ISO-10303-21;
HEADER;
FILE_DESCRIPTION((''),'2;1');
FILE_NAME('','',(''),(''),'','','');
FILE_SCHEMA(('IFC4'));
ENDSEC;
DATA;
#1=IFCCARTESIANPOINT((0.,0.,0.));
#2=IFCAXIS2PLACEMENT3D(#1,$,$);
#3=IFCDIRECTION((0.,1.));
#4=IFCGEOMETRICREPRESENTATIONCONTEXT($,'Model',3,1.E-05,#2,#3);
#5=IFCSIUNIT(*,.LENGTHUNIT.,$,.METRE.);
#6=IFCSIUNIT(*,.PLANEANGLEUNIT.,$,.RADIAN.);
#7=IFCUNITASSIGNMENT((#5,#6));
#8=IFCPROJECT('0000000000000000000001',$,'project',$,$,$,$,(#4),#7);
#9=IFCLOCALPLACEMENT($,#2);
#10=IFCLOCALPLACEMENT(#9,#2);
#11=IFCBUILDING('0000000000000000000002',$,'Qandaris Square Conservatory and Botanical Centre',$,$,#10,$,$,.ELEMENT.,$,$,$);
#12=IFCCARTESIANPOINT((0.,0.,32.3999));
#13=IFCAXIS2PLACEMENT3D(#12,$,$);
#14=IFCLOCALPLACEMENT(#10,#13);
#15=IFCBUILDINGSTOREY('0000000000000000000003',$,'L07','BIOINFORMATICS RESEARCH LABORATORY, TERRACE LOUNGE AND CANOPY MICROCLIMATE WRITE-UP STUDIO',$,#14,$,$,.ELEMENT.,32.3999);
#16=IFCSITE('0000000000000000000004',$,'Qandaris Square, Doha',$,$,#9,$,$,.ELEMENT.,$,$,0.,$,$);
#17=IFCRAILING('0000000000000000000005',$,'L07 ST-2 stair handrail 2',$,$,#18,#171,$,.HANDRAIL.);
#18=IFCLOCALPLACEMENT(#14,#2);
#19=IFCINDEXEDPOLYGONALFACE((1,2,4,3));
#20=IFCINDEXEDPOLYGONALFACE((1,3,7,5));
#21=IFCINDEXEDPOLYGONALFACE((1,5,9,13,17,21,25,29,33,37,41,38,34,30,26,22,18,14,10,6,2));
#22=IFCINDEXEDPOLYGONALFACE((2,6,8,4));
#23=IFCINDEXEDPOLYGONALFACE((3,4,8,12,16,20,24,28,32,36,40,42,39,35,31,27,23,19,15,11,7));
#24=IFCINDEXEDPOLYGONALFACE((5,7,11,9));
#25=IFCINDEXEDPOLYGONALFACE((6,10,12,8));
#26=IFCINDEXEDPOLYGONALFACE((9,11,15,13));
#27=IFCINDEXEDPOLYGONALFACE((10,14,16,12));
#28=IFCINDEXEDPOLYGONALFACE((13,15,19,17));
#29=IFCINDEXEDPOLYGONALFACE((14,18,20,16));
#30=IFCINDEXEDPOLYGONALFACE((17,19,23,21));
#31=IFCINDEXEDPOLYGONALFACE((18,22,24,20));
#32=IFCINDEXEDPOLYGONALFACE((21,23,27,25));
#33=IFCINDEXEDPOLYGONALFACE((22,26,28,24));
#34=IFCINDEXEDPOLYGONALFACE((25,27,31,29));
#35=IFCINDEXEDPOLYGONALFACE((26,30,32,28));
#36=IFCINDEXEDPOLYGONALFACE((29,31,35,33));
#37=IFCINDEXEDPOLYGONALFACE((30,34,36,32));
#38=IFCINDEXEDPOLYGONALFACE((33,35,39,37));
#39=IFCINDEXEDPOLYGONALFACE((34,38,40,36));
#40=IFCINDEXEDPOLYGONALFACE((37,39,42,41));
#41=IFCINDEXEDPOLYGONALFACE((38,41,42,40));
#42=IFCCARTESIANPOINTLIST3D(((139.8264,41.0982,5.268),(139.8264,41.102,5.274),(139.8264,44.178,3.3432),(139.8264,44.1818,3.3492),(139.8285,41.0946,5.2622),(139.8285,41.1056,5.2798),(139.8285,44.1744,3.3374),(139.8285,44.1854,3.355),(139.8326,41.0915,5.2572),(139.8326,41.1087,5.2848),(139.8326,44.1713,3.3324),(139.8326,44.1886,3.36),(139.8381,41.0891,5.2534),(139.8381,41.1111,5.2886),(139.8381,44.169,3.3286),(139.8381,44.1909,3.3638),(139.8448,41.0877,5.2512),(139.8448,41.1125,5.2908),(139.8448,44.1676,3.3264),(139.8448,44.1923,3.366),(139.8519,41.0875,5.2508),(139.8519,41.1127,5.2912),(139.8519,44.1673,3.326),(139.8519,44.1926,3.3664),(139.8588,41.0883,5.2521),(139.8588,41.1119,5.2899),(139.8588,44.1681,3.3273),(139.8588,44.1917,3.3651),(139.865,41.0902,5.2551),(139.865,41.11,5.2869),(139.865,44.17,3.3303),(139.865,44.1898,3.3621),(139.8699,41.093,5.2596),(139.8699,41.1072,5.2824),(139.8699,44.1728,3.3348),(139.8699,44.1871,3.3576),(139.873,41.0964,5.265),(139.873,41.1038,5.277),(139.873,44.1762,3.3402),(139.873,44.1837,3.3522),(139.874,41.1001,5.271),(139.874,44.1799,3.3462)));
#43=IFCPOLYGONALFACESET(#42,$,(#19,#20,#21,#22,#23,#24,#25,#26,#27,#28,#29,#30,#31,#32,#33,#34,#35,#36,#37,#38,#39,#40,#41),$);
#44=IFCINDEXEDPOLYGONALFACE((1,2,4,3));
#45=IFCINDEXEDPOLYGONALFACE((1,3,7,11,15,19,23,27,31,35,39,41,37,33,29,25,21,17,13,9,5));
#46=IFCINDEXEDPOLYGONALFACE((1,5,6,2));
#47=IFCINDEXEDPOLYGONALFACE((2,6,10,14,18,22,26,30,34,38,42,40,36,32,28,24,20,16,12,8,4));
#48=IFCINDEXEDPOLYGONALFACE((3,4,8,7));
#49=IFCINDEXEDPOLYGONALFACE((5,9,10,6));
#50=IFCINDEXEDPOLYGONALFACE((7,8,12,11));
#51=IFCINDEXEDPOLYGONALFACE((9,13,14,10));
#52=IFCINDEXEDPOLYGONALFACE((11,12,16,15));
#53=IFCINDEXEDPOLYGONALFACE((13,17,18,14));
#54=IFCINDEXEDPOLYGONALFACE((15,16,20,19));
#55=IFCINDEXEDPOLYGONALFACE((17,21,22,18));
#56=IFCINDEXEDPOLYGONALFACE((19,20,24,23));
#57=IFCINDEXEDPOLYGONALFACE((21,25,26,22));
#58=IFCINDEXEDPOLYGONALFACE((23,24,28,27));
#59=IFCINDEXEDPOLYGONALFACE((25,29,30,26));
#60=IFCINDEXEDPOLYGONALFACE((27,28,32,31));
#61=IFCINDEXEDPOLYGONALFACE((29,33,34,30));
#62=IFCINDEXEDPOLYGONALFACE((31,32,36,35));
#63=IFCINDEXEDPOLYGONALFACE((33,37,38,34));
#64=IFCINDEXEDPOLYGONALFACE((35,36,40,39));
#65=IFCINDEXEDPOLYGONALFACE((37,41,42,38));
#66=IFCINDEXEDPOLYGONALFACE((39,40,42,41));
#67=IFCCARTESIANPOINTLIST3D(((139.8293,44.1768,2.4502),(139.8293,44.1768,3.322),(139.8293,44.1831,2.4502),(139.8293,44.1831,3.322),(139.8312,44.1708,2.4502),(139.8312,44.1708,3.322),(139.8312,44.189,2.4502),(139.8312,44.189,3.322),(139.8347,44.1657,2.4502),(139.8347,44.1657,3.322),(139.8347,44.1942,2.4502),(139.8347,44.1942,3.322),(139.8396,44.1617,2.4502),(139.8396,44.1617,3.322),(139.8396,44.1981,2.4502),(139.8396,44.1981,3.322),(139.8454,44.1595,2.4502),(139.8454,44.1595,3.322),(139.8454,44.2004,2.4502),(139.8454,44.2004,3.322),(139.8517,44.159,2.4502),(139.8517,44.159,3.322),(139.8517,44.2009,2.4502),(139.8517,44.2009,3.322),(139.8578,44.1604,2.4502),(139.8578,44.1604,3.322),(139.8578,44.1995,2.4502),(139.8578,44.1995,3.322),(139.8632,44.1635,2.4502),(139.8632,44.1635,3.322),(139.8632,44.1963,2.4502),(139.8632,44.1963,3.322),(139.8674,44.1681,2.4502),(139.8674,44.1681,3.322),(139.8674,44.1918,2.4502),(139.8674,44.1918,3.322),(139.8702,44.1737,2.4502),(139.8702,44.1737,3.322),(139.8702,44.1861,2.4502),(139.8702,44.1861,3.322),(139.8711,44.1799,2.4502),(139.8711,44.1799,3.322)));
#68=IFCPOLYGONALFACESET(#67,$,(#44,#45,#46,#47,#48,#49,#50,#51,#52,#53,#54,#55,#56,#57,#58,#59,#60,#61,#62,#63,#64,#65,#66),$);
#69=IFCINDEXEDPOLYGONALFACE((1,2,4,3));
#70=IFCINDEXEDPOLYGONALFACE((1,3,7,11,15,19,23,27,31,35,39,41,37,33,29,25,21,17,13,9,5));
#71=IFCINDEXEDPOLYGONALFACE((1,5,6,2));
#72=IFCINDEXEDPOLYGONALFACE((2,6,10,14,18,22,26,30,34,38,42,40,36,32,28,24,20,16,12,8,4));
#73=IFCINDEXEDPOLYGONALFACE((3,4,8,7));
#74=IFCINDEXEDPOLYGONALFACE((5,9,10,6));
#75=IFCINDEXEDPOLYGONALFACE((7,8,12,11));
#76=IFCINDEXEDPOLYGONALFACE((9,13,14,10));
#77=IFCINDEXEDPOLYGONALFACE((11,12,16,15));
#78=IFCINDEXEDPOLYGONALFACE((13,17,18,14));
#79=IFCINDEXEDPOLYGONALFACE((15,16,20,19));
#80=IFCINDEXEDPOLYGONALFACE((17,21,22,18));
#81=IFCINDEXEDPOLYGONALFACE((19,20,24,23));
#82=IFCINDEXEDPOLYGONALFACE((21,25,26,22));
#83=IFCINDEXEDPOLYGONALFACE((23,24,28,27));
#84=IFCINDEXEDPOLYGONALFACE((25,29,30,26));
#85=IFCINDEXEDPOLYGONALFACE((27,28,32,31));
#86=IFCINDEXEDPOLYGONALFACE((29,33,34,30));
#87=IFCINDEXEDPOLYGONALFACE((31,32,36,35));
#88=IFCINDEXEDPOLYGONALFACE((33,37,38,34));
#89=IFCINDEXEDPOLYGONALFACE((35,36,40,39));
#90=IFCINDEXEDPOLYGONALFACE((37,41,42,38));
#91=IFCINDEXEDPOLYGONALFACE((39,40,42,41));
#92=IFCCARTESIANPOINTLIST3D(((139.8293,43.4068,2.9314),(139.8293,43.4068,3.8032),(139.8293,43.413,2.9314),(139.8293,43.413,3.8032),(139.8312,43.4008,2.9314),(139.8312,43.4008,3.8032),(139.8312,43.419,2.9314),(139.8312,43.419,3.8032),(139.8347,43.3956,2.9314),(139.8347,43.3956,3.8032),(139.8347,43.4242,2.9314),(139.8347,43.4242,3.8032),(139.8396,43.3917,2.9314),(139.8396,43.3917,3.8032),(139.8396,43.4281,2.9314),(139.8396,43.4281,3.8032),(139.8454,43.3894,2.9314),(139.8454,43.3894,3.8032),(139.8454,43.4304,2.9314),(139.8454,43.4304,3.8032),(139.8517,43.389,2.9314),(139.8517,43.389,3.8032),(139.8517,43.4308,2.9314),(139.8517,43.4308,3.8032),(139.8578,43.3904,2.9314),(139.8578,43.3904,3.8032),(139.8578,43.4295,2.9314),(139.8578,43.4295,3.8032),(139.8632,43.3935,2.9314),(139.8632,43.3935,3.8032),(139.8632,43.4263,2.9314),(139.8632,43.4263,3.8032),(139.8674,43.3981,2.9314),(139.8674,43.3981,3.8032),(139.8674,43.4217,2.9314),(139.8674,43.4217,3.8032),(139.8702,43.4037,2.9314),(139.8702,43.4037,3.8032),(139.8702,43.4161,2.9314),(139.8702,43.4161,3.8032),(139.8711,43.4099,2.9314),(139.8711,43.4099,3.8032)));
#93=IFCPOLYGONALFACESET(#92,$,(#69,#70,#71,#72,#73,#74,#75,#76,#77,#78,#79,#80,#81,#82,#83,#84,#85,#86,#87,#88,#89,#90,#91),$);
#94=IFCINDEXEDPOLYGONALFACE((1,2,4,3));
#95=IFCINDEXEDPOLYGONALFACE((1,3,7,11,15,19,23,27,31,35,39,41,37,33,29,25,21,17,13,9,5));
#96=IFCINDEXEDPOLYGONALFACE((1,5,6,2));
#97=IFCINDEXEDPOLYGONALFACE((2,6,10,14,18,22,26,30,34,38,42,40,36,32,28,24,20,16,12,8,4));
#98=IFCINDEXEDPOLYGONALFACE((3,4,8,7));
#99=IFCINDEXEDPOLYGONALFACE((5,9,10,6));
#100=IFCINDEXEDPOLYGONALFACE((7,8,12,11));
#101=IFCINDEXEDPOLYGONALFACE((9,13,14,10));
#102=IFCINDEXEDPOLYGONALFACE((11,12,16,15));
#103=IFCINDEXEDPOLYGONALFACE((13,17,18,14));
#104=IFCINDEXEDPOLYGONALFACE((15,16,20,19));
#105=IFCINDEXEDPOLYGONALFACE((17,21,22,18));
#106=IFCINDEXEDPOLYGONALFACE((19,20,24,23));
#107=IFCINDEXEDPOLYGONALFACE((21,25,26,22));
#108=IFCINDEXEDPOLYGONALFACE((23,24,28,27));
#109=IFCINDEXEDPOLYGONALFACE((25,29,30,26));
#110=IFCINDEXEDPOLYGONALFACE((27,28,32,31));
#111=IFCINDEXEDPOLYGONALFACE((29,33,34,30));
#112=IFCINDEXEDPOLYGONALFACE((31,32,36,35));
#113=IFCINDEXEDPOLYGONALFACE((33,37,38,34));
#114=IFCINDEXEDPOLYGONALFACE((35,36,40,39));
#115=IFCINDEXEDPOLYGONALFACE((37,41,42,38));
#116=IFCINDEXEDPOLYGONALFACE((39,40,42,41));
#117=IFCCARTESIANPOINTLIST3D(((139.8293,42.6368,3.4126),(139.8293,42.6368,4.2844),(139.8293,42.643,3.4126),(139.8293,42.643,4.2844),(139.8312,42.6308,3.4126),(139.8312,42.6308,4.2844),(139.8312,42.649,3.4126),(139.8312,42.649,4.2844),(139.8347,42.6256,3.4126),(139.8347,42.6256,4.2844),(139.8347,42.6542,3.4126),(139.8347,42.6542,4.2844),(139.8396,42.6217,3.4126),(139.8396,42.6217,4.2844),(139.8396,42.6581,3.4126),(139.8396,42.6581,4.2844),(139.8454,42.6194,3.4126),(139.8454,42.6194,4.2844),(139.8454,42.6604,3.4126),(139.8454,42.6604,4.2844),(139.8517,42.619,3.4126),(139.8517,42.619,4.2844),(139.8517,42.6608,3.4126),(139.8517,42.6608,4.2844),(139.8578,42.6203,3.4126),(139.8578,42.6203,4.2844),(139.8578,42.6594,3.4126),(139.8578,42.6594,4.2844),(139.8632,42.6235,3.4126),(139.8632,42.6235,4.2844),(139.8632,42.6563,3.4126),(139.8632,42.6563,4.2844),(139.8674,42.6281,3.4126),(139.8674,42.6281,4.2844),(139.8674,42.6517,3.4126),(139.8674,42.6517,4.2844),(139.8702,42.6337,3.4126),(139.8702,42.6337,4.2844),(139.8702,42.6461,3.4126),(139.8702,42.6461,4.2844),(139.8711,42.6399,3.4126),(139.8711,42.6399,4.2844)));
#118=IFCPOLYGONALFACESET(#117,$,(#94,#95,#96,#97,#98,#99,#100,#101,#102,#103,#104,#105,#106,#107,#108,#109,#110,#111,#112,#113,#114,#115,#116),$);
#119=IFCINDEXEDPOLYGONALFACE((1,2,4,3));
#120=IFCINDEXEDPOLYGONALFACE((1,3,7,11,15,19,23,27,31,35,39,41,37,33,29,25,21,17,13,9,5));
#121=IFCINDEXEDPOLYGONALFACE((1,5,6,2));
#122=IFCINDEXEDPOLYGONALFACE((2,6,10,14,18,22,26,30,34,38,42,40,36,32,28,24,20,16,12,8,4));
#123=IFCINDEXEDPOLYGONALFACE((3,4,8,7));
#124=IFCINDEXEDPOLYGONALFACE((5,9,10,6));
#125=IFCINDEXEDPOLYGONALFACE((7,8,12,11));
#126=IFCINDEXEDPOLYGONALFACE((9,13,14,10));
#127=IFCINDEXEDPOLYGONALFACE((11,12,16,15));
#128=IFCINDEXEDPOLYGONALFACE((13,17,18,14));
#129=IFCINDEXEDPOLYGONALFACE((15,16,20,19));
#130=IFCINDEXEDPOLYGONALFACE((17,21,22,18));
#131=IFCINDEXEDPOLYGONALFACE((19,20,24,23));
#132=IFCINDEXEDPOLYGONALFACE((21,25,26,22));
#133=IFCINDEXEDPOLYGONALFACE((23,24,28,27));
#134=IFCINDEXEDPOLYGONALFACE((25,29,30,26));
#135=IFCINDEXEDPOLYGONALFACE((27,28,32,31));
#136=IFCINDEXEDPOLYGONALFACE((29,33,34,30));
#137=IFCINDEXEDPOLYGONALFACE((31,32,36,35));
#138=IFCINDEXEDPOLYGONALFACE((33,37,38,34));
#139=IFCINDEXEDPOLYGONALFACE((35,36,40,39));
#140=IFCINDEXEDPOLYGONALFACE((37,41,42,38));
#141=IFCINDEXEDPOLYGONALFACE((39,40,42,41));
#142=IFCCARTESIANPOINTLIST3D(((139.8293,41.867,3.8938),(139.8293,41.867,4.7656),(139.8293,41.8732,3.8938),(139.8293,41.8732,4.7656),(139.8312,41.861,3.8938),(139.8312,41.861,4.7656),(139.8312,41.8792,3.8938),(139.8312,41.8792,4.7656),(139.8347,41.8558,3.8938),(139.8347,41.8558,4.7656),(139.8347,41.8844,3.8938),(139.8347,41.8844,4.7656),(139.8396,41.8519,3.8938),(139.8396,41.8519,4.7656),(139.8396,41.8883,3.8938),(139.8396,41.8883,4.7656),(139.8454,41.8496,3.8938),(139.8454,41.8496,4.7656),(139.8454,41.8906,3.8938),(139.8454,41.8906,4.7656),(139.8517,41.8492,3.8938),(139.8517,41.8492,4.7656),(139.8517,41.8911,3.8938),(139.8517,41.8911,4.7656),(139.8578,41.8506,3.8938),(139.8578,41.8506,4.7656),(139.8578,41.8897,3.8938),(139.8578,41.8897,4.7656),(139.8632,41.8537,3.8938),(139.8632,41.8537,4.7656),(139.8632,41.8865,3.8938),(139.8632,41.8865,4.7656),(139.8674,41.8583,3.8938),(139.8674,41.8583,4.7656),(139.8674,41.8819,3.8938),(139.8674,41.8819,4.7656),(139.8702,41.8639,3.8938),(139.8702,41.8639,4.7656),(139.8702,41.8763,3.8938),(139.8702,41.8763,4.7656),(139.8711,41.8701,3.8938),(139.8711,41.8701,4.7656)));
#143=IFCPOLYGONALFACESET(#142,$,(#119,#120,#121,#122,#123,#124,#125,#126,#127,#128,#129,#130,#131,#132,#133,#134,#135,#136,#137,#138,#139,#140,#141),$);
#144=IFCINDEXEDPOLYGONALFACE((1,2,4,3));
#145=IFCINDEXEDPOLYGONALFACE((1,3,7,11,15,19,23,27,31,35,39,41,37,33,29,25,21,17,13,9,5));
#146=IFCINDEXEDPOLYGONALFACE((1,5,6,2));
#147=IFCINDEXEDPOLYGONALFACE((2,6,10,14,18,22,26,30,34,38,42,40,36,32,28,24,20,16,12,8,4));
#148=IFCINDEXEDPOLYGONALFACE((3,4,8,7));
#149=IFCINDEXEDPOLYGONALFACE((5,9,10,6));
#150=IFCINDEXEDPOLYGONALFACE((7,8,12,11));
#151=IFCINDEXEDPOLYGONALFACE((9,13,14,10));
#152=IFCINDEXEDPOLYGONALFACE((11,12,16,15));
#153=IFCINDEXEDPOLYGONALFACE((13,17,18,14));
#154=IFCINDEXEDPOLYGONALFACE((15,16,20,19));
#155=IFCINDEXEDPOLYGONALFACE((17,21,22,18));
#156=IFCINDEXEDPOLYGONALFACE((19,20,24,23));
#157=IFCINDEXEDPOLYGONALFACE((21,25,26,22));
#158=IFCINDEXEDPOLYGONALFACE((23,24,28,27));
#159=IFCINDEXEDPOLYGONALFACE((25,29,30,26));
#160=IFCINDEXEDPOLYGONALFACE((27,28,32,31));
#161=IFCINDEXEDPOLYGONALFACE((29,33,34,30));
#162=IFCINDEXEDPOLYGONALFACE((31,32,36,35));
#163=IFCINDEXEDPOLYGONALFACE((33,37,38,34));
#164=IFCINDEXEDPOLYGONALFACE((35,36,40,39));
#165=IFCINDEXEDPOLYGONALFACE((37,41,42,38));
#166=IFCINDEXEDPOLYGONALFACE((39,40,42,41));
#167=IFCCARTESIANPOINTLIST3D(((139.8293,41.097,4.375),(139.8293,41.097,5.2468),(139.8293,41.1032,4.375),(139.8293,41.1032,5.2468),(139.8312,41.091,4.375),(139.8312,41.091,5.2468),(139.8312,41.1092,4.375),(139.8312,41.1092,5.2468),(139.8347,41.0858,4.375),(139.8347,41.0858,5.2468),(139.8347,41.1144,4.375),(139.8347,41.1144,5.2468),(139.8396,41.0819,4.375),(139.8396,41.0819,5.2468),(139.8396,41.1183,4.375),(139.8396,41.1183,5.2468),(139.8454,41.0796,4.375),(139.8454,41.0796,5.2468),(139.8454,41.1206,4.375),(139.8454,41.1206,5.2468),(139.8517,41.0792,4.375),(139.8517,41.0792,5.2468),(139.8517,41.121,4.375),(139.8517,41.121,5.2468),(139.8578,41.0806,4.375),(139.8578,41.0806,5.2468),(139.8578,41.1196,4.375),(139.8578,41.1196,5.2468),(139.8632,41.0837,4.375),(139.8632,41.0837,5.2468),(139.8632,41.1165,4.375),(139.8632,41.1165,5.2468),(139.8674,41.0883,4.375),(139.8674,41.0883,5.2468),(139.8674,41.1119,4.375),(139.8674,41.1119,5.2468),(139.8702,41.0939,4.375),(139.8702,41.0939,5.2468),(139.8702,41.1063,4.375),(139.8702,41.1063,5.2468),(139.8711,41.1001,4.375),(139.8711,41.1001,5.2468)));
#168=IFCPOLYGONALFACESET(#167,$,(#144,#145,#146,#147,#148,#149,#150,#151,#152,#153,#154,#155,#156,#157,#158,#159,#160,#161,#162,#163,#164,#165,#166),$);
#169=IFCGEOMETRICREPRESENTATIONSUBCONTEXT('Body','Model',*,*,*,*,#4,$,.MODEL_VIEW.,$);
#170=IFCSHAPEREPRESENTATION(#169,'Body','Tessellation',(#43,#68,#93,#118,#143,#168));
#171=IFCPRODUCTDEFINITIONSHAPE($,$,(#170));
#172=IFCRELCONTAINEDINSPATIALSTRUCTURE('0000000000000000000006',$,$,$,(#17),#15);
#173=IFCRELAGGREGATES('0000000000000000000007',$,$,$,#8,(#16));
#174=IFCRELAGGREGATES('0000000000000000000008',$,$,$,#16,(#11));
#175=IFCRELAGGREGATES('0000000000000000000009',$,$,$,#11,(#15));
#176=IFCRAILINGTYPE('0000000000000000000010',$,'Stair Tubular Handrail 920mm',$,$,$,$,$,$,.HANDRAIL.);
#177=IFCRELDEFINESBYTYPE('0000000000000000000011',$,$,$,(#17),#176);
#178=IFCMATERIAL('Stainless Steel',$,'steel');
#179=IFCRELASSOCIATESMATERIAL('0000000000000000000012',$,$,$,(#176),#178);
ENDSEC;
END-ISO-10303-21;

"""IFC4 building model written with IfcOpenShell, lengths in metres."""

from ifc_helpers import new_model, si_unit, direction, frame, origin, origin_2d, place, context, subcontext, project, spatial, circle, extrude, material, type_object, element, save


model = new_model("IFC4")

# Units and contexts
model_context = context("Model", 3, precision=1e-05, world=origin(), true_north=direction((0.0, 1.0)))
body_context = subcontext(model_context, "Body", "Model", "MODEL_VIEW")
ifc_project = project(units=[si_unit("LENGTHUNIT", "METRE"), si_unit("PLANEANGLEUNIT", "RADIAN")], contexts=[model_context])

# Site, building, storey
site_placement = place(None, origin())
site = spatial("IfcSite", under=ifc_project, at=site_placement, Name="Qandaris Square, Doha", CompositionType="ELEMENT", RefElevation=0.0)
building_placement = place(site_placement, origin())
building = spatial("IfcBuilding", under=site, at=building_placement, Name="Qandaris Square Conservatory and Botanical Centre", CompositionType="ELEMENT")
storey_placement = place(building_placement, frame((0.0, 0.0, 32.3999)))
storey = spatial("IfcBuildingStorey", under=building, at=storey_placement, Name="L07", Description="BIOINFORMATICS RESEARCH LABORATORY, TERRACE LOUNGE AND CANOPY MICROCLIMATE WRITE-UP STUDIO", CompositionType="ELEMENT", Elevation=32.3999)

# Railing
ifc_material_1 = material(Name="Stainless Steel", Category="steel")
railing_type_1 = type_object("IfcRailingType", Name="Stair Tubular Handrail 920mm", PredefinedType="HANDRAIL", material=ifc_material_1)
railing_1_placement = place(storey_placement, frame((139.8501, 44.1799, 2.4502)))
element("IfcRailing", 1, at=railing_1_placement, inside=storey, type_object=railing_type_1, Name="L07 ST-2 stair handrail 2", PredefinedType="HANDRAIL", context=body_context, shape_type="SweptSolid", body=[
    extrude(circle(Radius=0.0239, at=origin_2d()), frame((0.0, 0.0, 0.896), z_axis=(0.0, -0.84801, 0.529981), x_axis=(1.0, 0.0, 0.0)), (0.0, 0.0, 1.0), 3.6318),
    extrude(circle(Radius=0.021, at=origin_2d()), origin(), (0.0, 0.0, 1.0), 0.8718),
    extrude(circle(Radius=0.021, at=origin_2d()), frame((0.0, -0.77, 0.4812)), (0.0, 0.0, 1.0), 0.8718),
    extrude(circle(Radius=0.021, at=origin_2d()), frame((0.0, -1.54, 0.9624)), (0.0, 0.0, 1.0), 0.8718),
    extrude(circle(Radius=0.021, at=origin_2d()), frame((0.0, -2.3098, 1.4436)), (0.0, 0.0, 1.0), 0.8718),
    extrude(circle(Radius=0.021, at=origin_2d()), frame((0.0, -3.0798, 1.9248)), (0.0, 0.0, 1.0), 0.8718),
])

save(model, "model.ifc")
